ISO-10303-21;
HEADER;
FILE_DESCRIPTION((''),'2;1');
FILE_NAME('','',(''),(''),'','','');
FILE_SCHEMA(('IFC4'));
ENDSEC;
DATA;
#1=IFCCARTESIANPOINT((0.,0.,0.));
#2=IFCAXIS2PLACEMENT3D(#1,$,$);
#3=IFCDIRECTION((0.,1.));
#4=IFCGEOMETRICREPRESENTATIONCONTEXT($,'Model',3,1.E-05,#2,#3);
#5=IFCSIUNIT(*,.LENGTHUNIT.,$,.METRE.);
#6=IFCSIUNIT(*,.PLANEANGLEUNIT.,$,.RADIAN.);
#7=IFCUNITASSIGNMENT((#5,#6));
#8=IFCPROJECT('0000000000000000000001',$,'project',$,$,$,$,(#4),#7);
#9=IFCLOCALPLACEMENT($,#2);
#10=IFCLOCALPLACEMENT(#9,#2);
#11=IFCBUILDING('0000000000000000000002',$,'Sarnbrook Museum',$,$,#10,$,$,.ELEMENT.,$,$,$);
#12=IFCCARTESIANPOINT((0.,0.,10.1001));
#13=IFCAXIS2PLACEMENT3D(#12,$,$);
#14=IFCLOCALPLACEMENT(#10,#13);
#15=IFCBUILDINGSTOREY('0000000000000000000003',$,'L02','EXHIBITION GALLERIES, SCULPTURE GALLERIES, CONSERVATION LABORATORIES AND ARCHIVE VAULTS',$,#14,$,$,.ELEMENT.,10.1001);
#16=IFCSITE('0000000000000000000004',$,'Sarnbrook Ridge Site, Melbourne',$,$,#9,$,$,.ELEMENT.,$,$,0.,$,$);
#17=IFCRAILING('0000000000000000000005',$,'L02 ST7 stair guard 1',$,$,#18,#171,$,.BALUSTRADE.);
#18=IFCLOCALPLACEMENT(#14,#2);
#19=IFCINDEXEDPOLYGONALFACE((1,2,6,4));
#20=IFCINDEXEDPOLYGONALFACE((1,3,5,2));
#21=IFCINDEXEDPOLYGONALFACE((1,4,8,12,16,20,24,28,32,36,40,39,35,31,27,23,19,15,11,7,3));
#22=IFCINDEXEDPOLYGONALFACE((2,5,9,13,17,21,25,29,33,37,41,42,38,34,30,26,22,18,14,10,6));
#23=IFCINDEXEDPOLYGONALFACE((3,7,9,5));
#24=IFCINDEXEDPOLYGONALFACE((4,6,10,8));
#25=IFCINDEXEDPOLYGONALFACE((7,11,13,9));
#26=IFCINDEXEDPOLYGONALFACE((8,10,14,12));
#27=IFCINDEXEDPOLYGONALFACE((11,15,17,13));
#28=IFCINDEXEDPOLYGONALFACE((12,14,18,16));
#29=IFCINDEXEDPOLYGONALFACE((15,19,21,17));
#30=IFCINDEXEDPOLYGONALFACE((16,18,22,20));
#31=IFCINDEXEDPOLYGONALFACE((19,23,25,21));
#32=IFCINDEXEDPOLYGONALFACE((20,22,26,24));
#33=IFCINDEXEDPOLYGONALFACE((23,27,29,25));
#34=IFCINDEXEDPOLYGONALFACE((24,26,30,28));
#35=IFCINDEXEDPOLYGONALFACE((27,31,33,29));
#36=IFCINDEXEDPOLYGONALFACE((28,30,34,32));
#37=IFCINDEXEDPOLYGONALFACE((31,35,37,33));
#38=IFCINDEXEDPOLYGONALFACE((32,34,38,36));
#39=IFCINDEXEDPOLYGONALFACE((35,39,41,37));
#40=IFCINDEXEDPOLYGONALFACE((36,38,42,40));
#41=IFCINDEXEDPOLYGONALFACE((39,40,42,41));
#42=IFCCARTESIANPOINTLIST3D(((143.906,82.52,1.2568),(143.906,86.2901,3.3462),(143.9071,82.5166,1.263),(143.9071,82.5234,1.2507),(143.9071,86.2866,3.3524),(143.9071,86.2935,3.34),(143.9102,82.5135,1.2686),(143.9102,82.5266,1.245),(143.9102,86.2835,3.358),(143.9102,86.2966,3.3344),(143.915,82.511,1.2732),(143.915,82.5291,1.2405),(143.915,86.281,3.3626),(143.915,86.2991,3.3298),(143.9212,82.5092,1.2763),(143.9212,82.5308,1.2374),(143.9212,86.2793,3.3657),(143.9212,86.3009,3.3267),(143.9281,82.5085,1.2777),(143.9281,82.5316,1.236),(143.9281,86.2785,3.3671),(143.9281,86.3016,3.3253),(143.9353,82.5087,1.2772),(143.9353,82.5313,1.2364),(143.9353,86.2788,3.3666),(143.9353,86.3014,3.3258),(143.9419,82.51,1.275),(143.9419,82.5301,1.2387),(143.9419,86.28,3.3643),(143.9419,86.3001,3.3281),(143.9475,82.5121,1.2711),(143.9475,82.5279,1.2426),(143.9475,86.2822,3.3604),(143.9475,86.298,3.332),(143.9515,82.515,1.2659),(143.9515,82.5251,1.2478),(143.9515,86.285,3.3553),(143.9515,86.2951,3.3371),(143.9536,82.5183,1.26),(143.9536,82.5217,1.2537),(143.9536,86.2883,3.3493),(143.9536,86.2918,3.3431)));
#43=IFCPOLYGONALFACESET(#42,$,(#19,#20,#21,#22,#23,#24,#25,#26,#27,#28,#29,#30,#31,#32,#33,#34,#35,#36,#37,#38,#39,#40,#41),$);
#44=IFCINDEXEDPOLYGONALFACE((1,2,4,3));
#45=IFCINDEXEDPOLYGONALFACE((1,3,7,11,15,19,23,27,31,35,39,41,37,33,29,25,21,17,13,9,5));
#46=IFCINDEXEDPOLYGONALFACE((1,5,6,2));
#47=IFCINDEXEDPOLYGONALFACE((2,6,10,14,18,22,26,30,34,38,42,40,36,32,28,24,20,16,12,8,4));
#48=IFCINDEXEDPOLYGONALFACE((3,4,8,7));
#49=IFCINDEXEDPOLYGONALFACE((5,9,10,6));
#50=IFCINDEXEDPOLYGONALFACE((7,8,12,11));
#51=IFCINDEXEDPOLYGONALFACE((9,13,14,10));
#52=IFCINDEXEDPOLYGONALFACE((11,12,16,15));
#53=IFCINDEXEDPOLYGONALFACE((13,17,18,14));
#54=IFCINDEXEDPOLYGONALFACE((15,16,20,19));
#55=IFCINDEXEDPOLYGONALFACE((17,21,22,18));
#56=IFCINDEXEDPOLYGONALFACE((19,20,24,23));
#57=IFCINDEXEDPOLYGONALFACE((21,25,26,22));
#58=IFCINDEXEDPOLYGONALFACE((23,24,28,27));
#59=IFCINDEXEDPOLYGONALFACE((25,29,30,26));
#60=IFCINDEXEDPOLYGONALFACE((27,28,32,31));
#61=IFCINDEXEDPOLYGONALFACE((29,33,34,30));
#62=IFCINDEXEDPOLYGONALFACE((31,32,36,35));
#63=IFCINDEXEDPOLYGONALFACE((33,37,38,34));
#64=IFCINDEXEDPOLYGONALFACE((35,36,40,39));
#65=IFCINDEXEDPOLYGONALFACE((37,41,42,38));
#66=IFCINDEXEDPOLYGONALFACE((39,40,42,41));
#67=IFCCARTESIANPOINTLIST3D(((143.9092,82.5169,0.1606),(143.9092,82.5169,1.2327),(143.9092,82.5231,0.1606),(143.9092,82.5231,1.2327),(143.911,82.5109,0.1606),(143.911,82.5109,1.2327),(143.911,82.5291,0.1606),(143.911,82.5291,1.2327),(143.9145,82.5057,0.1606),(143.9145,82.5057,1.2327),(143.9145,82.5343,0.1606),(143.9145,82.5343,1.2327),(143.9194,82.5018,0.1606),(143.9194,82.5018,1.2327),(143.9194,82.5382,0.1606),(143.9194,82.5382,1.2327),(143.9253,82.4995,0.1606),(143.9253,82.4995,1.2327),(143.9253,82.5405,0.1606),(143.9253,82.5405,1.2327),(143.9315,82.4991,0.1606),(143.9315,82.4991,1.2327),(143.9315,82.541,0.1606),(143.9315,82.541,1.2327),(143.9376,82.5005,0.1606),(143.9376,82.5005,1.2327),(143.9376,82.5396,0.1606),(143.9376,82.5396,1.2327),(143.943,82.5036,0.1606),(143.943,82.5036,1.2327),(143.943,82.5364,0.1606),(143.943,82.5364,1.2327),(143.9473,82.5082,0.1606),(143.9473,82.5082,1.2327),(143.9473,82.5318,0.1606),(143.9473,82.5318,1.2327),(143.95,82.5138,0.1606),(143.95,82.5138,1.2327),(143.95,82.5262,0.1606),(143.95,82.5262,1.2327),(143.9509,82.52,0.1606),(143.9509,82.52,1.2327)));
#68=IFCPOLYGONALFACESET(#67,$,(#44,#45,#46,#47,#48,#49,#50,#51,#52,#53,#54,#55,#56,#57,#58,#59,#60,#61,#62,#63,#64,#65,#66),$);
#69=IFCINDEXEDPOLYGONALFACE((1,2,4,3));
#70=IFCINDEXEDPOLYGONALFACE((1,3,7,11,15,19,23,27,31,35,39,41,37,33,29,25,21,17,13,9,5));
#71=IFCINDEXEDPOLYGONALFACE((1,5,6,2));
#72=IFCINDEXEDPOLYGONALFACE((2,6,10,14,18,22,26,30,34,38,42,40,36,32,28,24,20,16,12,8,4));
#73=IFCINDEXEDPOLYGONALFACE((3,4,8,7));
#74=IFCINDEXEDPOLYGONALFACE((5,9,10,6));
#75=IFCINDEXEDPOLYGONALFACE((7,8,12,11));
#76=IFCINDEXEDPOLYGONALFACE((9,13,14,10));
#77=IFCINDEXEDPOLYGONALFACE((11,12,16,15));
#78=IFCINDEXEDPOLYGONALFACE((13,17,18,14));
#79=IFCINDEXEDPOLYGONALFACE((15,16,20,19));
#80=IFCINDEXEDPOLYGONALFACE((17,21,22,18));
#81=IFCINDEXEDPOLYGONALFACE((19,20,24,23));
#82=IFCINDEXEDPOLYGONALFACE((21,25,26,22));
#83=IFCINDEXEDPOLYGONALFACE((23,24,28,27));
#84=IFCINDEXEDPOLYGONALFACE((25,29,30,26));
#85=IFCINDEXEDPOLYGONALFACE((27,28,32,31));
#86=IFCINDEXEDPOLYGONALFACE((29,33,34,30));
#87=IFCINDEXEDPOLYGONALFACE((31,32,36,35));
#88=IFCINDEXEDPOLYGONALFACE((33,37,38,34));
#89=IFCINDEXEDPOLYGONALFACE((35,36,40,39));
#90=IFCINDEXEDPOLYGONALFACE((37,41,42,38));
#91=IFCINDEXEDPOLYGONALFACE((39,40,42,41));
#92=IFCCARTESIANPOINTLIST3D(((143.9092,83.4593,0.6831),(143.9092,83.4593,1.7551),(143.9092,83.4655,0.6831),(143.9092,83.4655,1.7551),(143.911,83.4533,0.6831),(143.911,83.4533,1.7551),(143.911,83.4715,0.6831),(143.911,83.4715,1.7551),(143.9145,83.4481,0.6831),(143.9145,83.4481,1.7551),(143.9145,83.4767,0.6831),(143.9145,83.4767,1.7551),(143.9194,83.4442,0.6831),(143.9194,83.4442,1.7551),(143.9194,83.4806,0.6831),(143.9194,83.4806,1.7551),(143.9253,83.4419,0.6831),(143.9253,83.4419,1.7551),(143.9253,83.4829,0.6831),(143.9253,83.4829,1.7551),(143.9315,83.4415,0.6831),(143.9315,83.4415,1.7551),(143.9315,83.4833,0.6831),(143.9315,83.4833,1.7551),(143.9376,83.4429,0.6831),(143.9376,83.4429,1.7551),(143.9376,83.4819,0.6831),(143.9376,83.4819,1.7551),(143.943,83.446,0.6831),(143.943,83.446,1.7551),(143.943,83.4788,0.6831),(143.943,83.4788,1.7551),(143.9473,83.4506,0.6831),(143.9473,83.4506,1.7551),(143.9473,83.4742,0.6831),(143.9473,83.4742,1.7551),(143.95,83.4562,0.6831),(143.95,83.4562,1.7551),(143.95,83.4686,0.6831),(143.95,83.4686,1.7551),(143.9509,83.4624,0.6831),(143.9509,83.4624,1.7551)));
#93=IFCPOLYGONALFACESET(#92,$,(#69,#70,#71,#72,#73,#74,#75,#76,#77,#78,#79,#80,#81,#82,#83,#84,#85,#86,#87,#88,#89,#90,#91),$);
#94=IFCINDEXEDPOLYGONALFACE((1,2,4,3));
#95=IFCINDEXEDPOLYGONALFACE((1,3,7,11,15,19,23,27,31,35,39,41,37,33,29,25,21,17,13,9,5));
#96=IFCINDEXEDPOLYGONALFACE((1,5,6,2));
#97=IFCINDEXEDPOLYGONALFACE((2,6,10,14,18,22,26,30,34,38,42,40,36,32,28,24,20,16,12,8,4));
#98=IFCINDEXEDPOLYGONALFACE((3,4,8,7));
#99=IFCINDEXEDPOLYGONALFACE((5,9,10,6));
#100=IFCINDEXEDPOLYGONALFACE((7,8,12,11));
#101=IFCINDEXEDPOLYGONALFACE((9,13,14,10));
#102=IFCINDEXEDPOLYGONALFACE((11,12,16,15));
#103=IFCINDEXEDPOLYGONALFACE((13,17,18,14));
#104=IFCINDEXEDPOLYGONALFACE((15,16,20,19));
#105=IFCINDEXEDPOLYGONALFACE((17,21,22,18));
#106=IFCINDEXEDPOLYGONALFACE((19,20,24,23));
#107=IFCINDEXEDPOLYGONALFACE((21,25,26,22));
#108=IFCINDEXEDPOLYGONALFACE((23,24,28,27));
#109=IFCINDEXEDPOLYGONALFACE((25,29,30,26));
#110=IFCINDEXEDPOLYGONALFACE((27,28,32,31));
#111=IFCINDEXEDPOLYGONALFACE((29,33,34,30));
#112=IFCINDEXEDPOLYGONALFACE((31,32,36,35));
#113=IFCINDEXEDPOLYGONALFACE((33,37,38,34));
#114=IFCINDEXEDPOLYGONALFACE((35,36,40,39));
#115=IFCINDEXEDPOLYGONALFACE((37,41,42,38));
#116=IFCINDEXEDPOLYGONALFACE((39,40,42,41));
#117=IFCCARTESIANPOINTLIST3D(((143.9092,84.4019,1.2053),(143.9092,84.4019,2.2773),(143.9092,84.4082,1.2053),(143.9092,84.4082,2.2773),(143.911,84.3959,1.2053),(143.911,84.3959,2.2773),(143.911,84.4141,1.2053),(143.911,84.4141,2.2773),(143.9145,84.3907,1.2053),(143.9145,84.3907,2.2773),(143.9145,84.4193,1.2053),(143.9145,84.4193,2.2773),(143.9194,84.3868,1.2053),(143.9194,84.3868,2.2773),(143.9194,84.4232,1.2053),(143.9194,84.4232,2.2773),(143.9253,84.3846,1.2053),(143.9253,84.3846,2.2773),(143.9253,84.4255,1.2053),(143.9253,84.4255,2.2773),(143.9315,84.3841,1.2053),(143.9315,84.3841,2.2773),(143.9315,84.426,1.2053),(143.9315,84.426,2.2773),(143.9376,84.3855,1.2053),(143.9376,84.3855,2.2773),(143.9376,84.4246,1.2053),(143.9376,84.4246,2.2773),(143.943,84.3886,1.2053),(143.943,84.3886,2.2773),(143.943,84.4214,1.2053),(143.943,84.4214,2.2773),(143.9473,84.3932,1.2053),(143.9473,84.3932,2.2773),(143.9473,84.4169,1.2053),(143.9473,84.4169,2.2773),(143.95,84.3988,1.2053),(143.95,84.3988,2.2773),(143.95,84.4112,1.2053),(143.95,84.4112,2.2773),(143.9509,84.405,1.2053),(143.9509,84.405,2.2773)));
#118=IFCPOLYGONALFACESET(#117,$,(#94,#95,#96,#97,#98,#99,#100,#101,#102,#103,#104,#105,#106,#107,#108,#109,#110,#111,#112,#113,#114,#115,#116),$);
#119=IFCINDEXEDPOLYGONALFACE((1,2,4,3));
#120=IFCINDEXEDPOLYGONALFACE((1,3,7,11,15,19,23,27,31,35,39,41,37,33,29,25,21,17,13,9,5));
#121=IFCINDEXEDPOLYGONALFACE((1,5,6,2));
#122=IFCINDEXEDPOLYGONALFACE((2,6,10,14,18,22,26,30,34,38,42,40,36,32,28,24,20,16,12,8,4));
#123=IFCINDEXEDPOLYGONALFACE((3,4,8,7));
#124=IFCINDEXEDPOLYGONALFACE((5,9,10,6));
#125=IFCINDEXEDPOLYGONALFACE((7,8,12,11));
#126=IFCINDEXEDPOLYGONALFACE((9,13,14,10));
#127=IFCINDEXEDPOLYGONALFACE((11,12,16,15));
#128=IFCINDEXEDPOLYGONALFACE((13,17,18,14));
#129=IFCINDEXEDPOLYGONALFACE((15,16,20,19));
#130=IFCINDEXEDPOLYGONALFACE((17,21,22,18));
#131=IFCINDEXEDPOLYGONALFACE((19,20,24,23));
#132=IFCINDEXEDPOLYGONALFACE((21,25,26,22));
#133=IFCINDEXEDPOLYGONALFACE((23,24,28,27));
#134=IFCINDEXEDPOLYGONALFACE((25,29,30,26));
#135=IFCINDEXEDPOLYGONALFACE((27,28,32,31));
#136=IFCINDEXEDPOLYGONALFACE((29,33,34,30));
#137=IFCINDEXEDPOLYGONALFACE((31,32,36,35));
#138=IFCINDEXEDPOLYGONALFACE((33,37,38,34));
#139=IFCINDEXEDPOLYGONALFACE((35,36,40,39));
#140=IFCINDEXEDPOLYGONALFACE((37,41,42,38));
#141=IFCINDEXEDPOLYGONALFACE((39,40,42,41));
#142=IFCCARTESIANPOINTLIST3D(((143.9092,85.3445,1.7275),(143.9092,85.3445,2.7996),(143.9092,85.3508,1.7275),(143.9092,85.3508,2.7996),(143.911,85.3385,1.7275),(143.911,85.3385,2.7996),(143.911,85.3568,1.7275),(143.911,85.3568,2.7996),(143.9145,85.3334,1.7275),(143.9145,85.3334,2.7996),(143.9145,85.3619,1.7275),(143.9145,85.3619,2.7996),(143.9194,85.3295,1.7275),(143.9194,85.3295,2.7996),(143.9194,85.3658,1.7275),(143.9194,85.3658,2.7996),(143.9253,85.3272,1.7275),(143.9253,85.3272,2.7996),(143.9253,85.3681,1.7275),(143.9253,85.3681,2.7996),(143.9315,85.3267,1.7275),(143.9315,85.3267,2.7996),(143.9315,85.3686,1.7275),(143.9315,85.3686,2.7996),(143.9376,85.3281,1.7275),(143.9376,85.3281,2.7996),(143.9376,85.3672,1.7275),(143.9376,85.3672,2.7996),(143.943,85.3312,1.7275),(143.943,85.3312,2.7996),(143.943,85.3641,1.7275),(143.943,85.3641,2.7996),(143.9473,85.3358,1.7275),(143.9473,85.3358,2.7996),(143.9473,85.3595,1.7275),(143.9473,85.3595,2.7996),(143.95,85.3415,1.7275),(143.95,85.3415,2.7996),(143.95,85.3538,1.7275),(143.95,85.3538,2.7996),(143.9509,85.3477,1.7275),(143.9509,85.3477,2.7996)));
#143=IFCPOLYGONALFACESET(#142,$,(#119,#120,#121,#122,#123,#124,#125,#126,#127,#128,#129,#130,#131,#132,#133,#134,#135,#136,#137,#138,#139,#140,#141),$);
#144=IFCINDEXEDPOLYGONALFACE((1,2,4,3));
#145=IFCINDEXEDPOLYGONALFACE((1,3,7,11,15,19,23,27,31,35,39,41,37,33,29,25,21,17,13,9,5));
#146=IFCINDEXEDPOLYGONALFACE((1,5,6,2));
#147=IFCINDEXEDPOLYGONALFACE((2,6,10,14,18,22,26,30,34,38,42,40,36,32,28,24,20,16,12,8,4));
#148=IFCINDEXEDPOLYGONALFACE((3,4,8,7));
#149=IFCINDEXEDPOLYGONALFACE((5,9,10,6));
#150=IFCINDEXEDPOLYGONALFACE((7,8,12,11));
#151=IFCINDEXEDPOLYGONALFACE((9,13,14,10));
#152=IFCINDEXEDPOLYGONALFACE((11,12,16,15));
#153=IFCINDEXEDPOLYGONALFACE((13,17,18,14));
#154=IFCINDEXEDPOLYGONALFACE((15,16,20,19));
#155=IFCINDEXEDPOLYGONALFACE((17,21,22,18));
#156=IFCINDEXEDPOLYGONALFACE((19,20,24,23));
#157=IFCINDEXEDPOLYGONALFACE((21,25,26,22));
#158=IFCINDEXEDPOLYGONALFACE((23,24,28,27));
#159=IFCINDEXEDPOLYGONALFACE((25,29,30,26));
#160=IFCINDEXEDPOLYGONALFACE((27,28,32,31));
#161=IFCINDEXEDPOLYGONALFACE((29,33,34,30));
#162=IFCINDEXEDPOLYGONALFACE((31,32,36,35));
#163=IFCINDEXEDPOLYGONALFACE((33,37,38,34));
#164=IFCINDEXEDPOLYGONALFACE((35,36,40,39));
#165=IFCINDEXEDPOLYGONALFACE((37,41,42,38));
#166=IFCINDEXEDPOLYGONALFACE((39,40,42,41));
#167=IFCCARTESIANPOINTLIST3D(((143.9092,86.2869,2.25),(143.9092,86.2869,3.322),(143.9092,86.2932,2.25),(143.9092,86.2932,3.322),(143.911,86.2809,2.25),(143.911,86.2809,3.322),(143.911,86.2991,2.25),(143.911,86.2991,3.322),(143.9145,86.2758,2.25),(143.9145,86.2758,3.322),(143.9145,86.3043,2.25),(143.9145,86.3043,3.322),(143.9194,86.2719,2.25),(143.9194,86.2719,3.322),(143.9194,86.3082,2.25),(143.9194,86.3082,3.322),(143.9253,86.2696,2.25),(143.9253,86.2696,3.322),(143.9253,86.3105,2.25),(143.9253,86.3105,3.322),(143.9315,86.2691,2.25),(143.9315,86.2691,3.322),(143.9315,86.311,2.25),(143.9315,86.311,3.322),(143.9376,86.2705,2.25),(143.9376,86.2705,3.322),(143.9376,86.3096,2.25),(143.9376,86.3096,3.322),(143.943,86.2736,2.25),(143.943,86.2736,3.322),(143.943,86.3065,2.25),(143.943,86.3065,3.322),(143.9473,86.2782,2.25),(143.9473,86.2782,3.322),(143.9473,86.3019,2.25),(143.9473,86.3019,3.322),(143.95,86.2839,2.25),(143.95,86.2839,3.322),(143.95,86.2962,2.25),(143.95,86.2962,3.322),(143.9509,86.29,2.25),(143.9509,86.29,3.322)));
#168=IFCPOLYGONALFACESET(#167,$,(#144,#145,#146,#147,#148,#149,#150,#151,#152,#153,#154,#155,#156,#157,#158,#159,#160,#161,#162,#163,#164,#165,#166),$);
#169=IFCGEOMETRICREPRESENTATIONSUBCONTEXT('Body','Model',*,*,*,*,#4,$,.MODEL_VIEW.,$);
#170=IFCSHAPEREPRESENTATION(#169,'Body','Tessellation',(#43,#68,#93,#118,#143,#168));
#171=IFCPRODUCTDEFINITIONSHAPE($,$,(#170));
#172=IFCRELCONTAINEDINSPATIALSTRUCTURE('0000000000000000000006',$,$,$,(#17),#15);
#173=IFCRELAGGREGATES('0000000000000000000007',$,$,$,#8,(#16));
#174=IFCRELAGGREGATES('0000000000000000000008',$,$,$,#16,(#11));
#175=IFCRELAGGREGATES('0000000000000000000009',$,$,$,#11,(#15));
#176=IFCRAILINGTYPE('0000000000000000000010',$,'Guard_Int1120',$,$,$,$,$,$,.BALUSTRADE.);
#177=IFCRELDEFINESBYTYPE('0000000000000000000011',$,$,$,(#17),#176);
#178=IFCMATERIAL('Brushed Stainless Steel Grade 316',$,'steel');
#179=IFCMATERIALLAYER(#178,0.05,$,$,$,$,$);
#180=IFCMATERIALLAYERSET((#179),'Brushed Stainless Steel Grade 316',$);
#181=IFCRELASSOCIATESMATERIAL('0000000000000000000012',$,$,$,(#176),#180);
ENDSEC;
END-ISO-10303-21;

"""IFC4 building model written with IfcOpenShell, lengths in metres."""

from ifc_helpers import new_model, si_unit, direction, frame, origin, origin_2d, place, context, subcontext, project, spatial, circle, extrude, material, layer, layer_set, type_object, element, save


model = new_model("IFC4")

# Units and contexts
model_context = context("Model", 3, precision=1e-05, world=origin(), true_north=direction((0.0, 1.0)))
body_context = subcontext(model_context, "Body", "Model", "MODEL_VIEW")
ifc_project = project(units=[si_unit("LENGTHUNIT", "METRE"), si_unit("PLANEANGLEUNIT", "RADIAN")], contexts=[model_context])

# Site, building, storey
site_placement = place(None, origin())
site = spatial("IfcSite", under=ifc_project, at=site_placement, Name="Sarnbrook Ridge Site, Melbourne", CompositionType="ELEMENT", RefElevation=0.0)
building_placement = place(site_placement, origin())
building = spatial("IfcBuilding", under=site, at=building_placement, Name="Sarnbrook Museum", CompositionType="ELEMENT")
storey_placement = place(building_placement, frame((0.0, 0.0, 10.1001)))
storey = spatial("IfcBuildingStorey", under=building, at=storey_placement, Name="L02", Description="EXHIBITION GALLERIES, SCULPTURE GALLERIES, CONSERVATION LABORATORIES AND ARCHIVE VAULTS", CompositionType="ELEMENT", Elevation=10.1001)

# Railing
ifc_material_1 = material(Name="Brushed Stainless Steel Grade 316", Category="steel")
ifc_layer_1 = layer(ifc_material_1, 0.05)
ifc_layer_set_1 = layer_set([ifc_layer_1], Name="Brushed Stainless Steel Grade 316")
railing_type_1 = type_object("IfcRailingType", Name="Guard_Int1120", PredefinedType="BALUSTRADE", material=ifc_layer_set_1)
railing_1_placement = place(storey_placement, frame((143.9299, 82.52, 0.1606)))
element("IfcRailing", 1, at=railing_1_placement, inside=storey, type_object=railing_type_1, Name="L02 ST7 stair guard 1", PredefinedType="BALUSTRADE", context=body_context, shape_type="SweptSolid", body=[
    extrude(circle(Radius=0.0239, at=origin_2d()), frame((0.0, 0.0, 1.0962), z_axis=(0.0, 0.874659, 0.484739), x_axis=(-1.0, 0.0, 0.0)), (0.0, 0.0, 1.0), 4.3103),
    extrude(circle(Radius=0.021, at=origin_2d()), origin(), (0.0, 0.0, 1.0), 1.072),
    extrude(circle(Radius=0.021, at=origin_2d()), frame((0.0, 0.9424, 0.5225)), (0.0, 0.0, 1.0), 1.072),
    extrude(circle(Radius=0.021, at=origin_2d()), frame((0.0, 1.885, 1.0447)), (0.0, 0.0, 1.0), 1.072),
    extrude(circle(Radius=0.021, at=origin_2d()), frame((0.0, 2.8276, 1.5669)), (0.0, 0.0, 1.0), 1.072),
    extrude(circle(Radius=0.021, at=origin_2d()), frame((0.0, 3.77, 2.0894)), (0.0, 0.0, 1.0), 1.072),
])

save(model, "model.ifc")
